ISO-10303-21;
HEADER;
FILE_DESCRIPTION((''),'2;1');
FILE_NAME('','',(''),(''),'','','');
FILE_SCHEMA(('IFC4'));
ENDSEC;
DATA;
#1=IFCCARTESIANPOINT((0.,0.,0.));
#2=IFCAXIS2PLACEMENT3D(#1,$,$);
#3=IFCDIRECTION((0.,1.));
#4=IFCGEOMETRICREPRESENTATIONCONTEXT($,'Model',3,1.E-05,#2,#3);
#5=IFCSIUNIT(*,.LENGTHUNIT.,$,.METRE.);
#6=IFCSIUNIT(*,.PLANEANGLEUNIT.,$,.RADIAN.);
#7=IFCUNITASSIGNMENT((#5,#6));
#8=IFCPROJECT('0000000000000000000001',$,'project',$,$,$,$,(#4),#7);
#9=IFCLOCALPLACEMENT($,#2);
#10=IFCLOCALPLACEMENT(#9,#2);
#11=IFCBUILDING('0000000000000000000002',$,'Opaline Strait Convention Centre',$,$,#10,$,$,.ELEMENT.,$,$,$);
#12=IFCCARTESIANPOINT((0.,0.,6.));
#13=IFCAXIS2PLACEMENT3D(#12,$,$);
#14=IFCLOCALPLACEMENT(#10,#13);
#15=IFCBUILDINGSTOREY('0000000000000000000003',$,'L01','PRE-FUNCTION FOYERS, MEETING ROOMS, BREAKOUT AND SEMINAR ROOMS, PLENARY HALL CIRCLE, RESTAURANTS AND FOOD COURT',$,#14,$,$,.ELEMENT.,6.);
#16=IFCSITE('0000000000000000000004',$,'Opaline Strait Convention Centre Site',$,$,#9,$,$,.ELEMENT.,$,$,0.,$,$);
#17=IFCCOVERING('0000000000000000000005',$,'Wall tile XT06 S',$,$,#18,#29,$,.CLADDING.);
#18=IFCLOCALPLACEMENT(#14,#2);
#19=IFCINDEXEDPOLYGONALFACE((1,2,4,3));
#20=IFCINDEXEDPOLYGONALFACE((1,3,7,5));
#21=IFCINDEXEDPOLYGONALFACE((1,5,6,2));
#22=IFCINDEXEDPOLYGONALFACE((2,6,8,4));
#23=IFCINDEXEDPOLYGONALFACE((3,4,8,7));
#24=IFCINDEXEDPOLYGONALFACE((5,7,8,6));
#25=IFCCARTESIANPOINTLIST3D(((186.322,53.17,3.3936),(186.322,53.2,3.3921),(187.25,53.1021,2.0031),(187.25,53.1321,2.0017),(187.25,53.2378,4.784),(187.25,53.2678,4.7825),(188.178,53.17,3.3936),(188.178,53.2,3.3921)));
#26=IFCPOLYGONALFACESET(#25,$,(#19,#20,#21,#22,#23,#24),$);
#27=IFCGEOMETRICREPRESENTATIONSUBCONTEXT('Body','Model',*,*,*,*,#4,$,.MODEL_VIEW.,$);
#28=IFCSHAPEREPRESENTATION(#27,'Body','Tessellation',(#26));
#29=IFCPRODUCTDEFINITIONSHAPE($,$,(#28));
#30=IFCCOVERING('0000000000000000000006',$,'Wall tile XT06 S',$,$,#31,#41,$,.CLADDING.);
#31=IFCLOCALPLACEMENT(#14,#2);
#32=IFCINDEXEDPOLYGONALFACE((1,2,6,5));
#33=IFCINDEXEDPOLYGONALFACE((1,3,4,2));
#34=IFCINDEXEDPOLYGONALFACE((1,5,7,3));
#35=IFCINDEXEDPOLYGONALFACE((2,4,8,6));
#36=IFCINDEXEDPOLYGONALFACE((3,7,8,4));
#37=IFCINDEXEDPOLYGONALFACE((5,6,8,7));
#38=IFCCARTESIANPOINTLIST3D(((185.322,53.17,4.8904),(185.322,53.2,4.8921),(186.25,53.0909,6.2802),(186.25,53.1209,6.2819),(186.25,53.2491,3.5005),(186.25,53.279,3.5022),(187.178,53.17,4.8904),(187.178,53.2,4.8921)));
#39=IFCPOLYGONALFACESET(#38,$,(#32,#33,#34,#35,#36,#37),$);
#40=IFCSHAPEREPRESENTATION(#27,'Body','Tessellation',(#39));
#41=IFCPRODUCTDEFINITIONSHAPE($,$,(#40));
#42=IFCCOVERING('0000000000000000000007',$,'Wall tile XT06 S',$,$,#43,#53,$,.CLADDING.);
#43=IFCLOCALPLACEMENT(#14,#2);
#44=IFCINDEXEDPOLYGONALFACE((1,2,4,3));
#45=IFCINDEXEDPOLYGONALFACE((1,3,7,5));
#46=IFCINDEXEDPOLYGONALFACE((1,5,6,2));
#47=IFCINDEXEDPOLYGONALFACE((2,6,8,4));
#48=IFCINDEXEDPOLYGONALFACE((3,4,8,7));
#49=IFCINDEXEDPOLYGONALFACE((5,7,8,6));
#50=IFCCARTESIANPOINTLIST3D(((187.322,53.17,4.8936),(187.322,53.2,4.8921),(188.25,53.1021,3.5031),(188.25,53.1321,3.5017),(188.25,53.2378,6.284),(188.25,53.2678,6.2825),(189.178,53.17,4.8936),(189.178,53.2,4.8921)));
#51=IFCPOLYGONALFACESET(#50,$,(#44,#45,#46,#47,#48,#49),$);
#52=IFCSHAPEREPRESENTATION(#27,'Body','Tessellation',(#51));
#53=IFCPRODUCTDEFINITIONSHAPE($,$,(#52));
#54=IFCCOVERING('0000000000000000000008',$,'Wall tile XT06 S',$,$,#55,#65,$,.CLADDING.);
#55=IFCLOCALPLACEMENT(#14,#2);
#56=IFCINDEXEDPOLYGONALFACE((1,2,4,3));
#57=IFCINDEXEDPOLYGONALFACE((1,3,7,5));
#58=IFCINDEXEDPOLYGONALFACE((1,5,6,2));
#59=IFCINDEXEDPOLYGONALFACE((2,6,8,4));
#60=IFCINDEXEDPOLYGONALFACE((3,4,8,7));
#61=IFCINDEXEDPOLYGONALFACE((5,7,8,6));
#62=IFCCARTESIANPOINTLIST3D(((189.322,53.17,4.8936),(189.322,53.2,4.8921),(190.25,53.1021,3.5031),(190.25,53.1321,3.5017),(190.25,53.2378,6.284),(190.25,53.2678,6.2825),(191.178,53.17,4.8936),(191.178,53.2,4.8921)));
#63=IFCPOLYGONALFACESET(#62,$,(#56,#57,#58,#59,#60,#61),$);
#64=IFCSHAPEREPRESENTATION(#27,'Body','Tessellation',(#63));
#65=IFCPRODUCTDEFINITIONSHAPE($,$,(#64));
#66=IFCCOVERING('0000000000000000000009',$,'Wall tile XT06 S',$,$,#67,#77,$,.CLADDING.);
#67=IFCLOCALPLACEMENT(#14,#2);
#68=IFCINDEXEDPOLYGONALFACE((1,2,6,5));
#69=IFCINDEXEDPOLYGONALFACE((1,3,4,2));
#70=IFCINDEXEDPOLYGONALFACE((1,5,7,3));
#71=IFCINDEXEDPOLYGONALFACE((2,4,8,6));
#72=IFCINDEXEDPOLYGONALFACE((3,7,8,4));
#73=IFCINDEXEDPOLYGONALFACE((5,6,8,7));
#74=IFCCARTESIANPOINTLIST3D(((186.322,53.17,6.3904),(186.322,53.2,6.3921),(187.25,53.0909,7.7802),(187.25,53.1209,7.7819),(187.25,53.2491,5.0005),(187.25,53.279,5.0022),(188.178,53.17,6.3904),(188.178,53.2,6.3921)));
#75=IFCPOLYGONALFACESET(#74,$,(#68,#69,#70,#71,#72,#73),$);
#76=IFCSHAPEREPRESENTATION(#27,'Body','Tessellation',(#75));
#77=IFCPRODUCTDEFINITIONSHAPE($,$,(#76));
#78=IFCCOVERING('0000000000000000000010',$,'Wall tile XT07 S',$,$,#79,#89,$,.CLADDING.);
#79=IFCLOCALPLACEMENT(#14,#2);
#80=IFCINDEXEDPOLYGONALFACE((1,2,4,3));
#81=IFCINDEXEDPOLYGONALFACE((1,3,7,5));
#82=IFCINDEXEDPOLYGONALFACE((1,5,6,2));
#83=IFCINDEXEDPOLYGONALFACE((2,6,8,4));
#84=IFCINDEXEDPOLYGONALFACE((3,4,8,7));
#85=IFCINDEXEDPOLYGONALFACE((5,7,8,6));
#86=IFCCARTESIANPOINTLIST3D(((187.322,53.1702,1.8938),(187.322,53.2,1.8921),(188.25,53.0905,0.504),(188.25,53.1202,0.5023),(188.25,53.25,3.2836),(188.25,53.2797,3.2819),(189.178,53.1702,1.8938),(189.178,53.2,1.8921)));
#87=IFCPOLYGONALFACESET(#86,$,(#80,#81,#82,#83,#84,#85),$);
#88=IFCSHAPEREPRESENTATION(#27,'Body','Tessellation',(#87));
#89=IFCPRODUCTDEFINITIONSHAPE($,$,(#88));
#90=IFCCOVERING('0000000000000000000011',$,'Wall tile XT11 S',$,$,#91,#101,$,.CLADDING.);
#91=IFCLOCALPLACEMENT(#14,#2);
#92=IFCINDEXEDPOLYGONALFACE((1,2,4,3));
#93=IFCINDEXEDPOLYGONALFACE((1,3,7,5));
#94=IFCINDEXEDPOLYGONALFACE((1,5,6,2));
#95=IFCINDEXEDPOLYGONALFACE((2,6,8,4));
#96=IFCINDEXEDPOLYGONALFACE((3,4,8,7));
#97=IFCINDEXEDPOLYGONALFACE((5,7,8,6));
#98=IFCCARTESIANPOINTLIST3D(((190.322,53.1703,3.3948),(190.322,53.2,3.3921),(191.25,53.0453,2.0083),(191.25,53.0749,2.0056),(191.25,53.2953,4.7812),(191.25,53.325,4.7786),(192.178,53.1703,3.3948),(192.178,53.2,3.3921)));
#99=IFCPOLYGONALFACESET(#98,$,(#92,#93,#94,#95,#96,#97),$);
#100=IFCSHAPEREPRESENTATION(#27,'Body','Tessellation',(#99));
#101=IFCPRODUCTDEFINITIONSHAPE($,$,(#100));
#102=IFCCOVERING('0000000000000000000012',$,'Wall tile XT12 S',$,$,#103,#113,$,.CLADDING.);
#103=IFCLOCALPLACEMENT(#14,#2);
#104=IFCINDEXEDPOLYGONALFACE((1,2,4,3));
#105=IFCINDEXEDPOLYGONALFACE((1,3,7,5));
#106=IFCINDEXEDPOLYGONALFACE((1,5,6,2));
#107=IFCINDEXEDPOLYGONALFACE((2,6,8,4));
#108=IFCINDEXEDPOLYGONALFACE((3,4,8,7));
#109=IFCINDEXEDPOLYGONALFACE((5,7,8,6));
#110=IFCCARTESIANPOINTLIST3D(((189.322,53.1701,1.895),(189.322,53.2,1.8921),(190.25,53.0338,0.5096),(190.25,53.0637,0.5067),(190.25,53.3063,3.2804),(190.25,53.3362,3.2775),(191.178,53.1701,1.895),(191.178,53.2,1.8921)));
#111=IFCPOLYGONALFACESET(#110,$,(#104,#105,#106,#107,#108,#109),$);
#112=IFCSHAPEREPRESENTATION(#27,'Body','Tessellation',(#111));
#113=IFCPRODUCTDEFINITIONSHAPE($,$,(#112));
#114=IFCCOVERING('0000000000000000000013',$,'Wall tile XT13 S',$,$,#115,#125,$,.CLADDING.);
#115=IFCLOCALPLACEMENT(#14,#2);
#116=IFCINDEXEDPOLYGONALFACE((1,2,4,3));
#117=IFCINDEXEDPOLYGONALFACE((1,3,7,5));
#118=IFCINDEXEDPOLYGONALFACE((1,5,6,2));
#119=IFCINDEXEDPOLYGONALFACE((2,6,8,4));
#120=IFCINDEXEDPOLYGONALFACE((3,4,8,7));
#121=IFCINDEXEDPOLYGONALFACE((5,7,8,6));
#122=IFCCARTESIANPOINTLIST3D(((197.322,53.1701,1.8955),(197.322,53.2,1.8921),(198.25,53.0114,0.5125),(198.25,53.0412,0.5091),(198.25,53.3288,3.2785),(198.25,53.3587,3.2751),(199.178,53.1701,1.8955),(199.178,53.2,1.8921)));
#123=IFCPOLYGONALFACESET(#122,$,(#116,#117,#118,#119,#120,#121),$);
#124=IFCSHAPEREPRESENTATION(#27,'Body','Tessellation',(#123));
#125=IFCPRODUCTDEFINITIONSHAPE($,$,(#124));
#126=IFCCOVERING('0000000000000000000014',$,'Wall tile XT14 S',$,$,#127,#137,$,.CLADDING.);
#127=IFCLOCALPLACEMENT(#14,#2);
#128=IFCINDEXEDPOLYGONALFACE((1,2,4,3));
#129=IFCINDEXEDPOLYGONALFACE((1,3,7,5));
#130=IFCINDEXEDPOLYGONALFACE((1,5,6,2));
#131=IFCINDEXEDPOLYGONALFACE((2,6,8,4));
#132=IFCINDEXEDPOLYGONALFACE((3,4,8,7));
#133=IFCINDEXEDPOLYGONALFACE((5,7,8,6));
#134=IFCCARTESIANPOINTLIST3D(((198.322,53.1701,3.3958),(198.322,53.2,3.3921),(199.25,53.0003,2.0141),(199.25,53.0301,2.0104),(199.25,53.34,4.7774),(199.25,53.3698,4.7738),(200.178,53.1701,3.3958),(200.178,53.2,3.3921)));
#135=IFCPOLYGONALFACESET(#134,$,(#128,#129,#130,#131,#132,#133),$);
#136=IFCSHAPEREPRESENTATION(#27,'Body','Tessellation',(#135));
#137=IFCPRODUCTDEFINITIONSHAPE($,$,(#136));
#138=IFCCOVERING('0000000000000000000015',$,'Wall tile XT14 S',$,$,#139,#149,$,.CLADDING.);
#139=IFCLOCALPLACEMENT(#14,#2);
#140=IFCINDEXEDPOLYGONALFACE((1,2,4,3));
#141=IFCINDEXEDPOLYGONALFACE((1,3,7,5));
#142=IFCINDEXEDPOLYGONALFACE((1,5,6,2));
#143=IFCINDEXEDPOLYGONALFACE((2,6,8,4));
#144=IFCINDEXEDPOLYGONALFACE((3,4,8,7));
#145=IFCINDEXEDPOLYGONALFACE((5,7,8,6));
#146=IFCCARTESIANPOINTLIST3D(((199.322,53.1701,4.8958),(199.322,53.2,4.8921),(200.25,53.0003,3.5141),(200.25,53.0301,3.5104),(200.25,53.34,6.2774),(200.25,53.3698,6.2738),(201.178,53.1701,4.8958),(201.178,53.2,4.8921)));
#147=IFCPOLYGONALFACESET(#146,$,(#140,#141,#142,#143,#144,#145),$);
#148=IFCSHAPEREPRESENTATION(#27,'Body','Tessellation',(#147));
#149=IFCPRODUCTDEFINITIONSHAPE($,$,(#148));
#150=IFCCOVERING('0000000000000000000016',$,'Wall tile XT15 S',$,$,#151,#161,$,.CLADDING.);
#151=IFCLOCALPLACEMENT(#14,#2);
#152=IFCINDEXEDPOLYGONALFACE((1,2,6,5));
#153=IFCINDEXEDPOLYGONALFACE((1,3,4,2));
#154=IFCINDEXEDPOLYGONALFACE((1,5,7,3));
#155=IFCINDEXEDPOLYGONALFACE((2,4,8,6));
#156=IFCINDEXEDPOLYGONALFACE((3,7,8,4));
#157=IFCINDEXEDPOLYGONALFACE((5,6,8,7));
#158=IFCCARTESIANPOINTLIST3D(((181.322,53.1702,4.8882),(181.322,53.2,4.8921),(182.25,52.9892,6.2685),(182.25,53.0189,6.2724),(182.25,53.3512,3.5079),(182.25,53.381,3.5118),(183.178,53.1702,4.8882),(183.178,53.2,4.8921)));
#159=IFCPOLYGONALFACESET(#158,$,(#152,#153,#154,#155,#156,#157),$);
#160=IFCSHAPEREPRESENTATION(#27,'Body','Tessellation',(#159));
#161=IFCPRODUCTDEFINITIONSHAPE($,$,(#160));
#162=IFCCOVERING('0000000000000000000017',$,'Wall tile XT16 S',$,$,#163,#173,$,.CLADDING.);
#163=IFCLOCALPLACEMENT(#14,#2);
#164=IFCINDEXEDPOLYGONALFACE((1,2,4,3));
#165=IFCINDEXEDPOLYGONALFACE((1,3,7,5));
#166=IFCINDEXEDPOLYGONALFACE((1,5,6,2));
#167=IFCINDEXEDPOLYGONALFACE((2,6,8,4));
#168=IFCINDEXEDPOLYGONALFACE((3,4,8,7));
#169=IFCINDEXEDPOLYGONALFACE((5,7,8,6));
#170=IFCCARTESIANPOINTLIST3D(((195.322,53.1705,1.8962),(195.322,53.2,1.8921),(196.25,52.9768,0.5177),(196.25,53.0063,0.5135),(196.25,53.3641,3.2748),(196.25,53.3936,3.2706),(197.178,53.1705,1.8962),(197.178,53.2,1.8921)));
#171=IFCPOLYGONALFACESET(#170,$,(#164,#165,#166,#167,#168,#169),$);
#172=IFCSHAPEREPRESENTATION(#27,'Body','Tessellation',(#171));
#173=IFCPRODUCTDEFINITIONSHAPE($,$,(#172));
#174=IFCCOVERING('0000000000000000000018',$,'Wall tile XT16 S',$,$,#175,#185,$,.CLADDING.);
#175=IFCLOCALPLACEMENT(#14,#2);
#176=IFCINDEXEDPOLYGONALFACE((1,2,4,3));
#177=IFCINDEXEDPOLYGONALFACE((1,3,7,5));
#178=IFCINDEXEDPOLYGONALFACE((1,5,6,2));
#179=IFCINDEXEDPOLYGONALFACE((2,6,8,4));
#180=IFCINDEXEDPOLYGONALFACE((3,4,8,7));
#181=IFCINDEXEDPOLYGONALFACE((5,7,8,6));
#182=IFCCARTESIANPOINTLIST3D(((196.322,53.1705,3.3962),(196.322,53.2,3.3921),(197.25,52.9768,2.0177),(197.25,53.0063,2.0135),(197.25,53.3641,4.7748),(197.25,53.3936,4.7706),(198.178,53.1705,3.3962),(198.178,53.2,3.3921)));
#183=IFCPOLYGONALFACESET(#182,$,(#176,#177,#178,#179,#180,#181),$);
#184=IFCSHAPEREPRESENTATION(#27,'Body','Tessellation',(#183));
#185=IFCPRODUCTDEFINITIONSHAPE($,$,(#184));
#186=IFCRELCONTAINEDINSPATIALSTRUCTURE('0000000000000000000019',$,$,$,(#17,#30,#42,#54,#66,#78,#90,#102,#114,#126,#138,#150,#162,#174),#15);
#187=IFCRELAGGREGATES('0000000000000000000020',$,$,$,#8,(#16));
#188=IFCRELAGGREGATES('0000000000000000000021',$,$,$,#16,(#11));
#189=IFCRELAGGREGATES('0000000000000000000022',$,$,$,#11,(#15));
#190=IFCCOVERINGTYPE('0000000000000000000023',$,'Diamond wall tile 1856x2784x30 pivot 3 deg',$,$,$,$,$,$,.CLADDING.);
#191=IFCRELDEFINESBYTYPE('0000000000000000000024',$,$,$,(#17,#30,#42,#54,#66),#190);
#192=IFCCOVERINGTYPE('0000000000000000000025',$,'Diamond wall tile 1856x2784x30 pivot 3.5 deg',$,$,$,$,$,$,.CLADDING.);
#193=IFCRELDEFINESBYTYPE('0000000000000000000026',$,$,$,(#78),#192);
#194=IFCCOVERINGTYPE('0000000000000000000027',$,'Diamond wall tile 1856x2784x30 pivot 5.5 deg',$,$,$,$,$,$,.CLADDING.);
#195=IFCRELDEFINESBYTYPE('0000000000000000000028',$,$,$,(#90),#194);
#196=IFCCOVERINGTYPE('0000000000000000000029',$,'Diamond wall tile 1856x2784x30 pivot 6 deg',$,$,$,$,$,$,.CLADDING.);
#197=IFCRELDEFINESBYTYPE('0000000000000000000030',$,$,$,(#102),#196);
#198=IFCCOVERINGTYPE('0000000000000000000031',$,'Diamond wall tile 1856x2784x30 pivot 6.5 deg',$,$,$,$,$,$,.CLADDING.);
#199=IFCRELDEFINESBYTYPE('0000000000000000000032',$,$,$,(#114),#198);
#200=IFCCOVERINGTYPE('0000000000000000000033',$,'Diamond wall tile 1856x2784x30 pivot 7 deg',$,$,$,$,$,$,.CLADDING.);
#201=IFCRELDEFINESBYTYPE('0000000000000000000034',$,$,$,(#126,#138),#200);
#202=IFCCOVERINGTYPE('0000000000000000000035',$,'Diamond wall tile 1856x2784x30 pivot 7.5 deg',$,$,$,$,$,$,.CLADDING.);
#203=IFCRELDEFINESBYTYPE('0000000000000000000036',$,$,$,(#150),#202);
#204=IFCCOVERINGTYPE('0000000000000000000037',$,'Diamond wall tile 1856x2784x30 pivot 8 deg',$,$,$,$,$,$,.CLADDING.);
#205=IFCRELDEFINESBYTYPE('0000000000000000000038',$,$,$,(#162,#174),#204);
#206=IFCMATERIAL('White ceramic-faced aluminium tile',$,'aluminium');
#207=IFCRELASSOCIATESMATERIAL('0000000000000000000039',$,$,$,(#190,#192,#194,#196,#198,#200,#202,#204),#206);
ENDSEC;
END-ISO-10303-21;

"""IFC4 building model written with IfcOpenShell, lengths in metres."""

from ifc_helpers import new_model, si_unit, direction, frame, origin, place, context, subcontext, project, spatial, polyline, outline, extrude, material, material_profile, profile_set, type_object, element, save


model = new_model("IFC4")

# Units and contexts
model_context = context("Model", 3, precision=1e-05, world=origin(), true_north=direction((0.0, 1.0)))
body_context = subcontext(model_context, "Body", "Model", "MODEL_VIEW")
ifc_project = project(units=[si_unit("LENGTHUNIT", "METRE"), si_unit("PLANEANGLEUNIT", "RADIAN")], contexts=[model_context])

# Site, building, storey
site_placement = place(None, origin())
site = spatial("IfcSite", under=ifc_project, at=site_placement, Name="Opaline Strait Convention Centre Site", CompositionType="ELEMENT", RefElevation=0.0)
building_placement = place(site_placement, origin())
building = spatial("IfcBuilding", under=site, at=building_placement, Name="Opaline Strait Convention Centre", CompositionType="ELEMENT")
storey_placement = place(building_placement, frame((0.0, 0.0, 6.0)))
storey = spatial("IfcBuildingStorey", under=building, at=storey_placement, Name="L01", Description="PRE-FUNCTION FOYERS, MEETING ROOMS, BREAKOUT AND SEMINAR ROOMS, PLENARY HALL CIRCLE, RESTAURANTS AND FOOD COURT", CompositionType="ELEMENT", Elevation=6.0)

# Coverings
ifc_material_1 = material(Name="White ceramic-faced aluminium tile", Category="aluminium")
ifc_material_profile_1 = material_profile(ifc_material_1, outline(polyline([(0.928, 0.0), (0.0, 1.3921), (-0.928, 0.0), (0.0, -1.3921), (0.928, 0.0)])), Name="Diamond tile 1856x2784")
ifc_profile_set_1 = profile_set([ifc_material_profile_1], Name="White ceramic-faced aluminium tile")
covering_type_1 = type_object("IfcCoveringType", Name="Diamond wall tile 1856x2784x30 pivot 3 deg", PredefinedType="CLADDING", material=ifc_profile_set_1)
for number, where, z_axis, x_axis, name in (
    (1, (187.25, 53.2, 3.3921), (0.0, -0.998812, 0.048723), (1.0, 0.0, 0.0), "Wall tile XT06 S"),
    (2, (186.25, 53.2, 4.8921), (0.0, -0.998385, -0.056819), (1.0, 0.0, 0.0), "Wall tile XT06 S"),
    (3, (188.25, 53.2, 4.8921), (0.0, -0.998812, 0.048723), (1.0, 0.0, 0.0), "Wall tile XT06 S"),
    (4, (190.25, 53.2, 4.8921), (0.0, -0.998812, 0.048723), (1.0, 0.0, 0.0), "Wall tile XT06 S"),
    (5, (187.25, 53.2, 6.3921), (0.0, -0.998385, -0.056819), (1.0, 0.0, 0.0), "Wall tile XT06 S"),
):
    element("IfcCovering", number, at=place(storey_placement, frame(where, z_axis=z_axis, x_axis=x_axis)), inside=storey, type_object=covering_type_1, Name=name, PredefinedType="CLADDING", context=body_context, shape_type="SweptSolid", body=[
        extrude(outline(polyline([(0.928, 0.0), (0.0, 1.3921), (-0.928, 0.0), (0.0, -1.3921), (0.928, 0.0)])), origin(), (0.0, 0.0, 1.0), 0.03),
    ])
ifc_material_profile_2 = material_profile(ifc_material_1, outline(polyline([(0.928, 0.0), (0.0, 1.3921), (-0.928, 0.0), (0.0, -1.3921), (0.928, 0.0)])), Name="Diamond tile 1856x2784")
ifc_profile_set_2 = profile_set([ifc_material_profile_2], Name="White ceramic-faced aluminium tile")
covering_type_2 = type_object("IfcCoveringType", Name="Diamond wall tile 1856x2784x30 pivot 3.5 deg", PredefinedType="CLADDING", material=ifc_profile_set_2)
covering_1_placement = place(storey_placement, frame((188.25, 53.2, 1.8921), z_axis=(0.0, -0.998358, 0.057283), x_axis=(1.0, 0.0, 0.0)))
element("IfcCovering", 6, at=covering_1_placement, inside=storey, type_object=covering_type_2, Name="Wall tile XT07 S", PredefinedType="CLADDING", context=body_context, shape_type="SweptSolid", body=[
    extrude(outline(polyline([(0.928, 0.0), (0.0, 1.3921), (-0.928, 0.0), (0.0, -1.3921), (0.928, 0.0)])), origin(), (0.0, 0.0, 1.0), 0.0298),
])
ifc_material_profile_3 = material_profile(ifc_material_1, outline(polyline([(0.928, 0.0), (0.0, 1.3921), (-0.928, 0.0), (0.0, -1.3921), (0.928, 0.0)])), Name="Diamond tile 1856x2784")
ifc_profile_set_3 = profile_set([ifc_material_profile_3], Name="White ceramic-faced aluminium tile")
covering_type_3 = type_object("IfcCoveringType", Name="Diamond wall tile 1856x2784x30 pivot 5.5 deg", PredefinedType="CLADDING", material=ifc_profile_set_3)
covering_2_placement = place(storey_placement, frame((191.25, 53.2, 3.3921), z_axis=(0.0, -0.99596, 0.0898), x_axis=(1.0, 0.0, 0.0)))
element("IfcCovering", 7, at=covering_2_placement, inside=storey, type_object=covering_type_3, Name="Wall tile XT11 S", PredefinedType="CLADDING", context=body_context, shape_type="SweptSolid", body=[
    extrude(outline(polyline([(0.928, 0.0), (0.0, 1.3921), (-0.928, 0.0), (0.0, -1.3921), (0.928, 0.0)])), origin(), (0.0, 0.0, 1.0), 0.0298),
])
ifc_material_profile_4 = material_profile(ifc_material_1, outline(polyline([(0.928, 0.0), (0.0, 1.3921), (-0.928, 0.0), (0.0, -1.3921), (0.928, 0.0)])), Name="Diamond tile 1856x2784")
ifc_profile_set_4 = profile_set([ifc_material_profile_4], Name="White ceramic-faced aluminium tile")
covering_type_4 = type_object("IfcCoveringType", Name="Diamond wall tile 1856x2784x30 pivot 6 deg", PredefinedType="CLADDING", material=ifc_profile_set_4)
covering_3_placement = place(storey_placement, frame((190.25, 53.2, 1.8921), z_axis=(0.0, -0.995197, 0.097888), x_axis=(1.0, 0.0, 0.0)))
element("IfcCovering", 8, at=covering_3_placement, inside=storey, type_object=covering_type_4, Name="Wall tile XT12 S", PredefinedType="CLADDING", context=body_context, shape_type="SweptSolid", body=[
    extrude(outline(polyline([(0.928, 0.0), (0.0, 1.3921), (-0.928, 0.0), (0.0, -1.3921), (0.928, 0.0)])), origin(), (0.0, 0.0, 1.0), 0.03),
])
ifc_material_profile_5 = material_profile(ifc_material_1, outline(polyline([(0.928, 0.0), (0.0, 1.3921), (-0.928, 0.0), (0.0, -1.3921), (0.928, 0.0)])), Name="Diamond tile 1856x2784")
ifc_profile_set_5 = profile_set([ifc_material_profile_5], Name="White ceramic-faced aluminium tile")
covering_type_5 = type_object("IfcCoveringType", Name="Diamond wall tile 1856x2784x30 pivot 6.5 deg", PredefinedType="CLADDING", material=ifc_profile_set_5)
covering_4_placement = place(storey_placement, frame((198.25, 53.2, 1.8921), z_axis=(0.0, -0.99348, 0.114006), x_axis=(1.0, 0.0, 0.0)))
element("IfcCovering", 9, at=covering_4_placement, inside=storey, type_object=covering_type_5, Name="Wall tile XT13 S", PredefinedType="CLADDING", context=body_context, shape_type="SweptSolid", body=[
    extrude(outline(polyline([(0.928, 0.0), (0.0, 1.3921), (-0.928, 0.0), (0.0, -1.3921), (0.928, 0.0)])), origin(), (0.0, 0.0, 1.0), 0.03),
])
ifc_material_profile_6 = material_profile(ifc_material_1, outline(polyline([(0.928, 0.0), (0.0, 1.3921), (-0.928, 0.0), (0.0, -1.3921), (0.928, 0.0)])), Name="Diamond tile 1856x2784")
ifc_profile_set_6 = profile_set([ifc_material_profile_6], Name="White ceramic-faced aluminium tile")
covering_type_6 = type_object("IfcCoveringType", Name="Diamond wall tile 1856x2784x30 pivot 7 deg", PredefinedType="CLADDING", material=ifc_profile_set_6)
for number, where, z_axis, x_axis, name in (
    (10, (199.25, 53.2, 3.3921), (0.0, -0.992526, 0.122032), (1.0, 0.0, 0.0), "Wall tile XT14 S"),
    (11, (200.25, 53.2, 4.8921), (0.0, -0.992526, 0.122032), (1.0, 0.0, 0.0), "Wall tile XT14 S"),
):
    element("IfcCovering", number, at=place(storey_placement, frame(where, z_axis=z_axis, x_axis=x_axis)), inside=storey, type_object=covering_type_6, Name=name, PredefinedType="CLADDING", context=body_context, shape_type="SweptSolid", body=[
        extrude(outline(polyline([(0.928, 0.0), (0.0, 1.3921), (-0.928, 0.0), (0.0, -1.3921), (0.928, 0.0)])), origin(), (0.0, 0.0, 1.0), 0.03),
    ])
ifc_material_profile_7 = material_profile(ifc_material_1, outline(polyline([(0.928, 0.0), (0.0, 1.3921), (-0.928, 0.0), (0.0, -1.3921), (0.928, 0.0)])), Name="Diamond tile 1856x2784")
ifc_profile_set_7 = profile_set([ifc_material_profile_7], Name="White ceramic-faced aluminium tile")
covering_type_7 = type_object("IfcCoveringType", Name="Diamond wall tile 1856x2784x30 pivot 7.5 deg", PredefinedType="CLADDING", material=ifc_profile_set_7)
covering_5_placement = place(storey_placement, frame((182.25, 53.2, 4.8921), z_axis=(0.0, -0.99151, -0.130034), x_axis=(1.0, 0.0, 0.0)))
element("IfcCovering", 12, at=covering_5_placement, inside=storey, type_object=covering_type_7, Name="Wall tile XT15 S", PredefinedType="CLADDING", context=body_context, shape_type="SweptSolid", body=[
    extrude(outline(polyline([(0.928, 0.0), (0.0, 1.3921), (-0.928, 0.0), (0.0, -1.3921), (0.928, 0.0)])), origin(), (0.0, 0.0, 1.0), 0.03),
])
ifc_material_profile_8 = material_profile(ifc_material_1, outline(polyline([(0.928, 0.0), (0.0, 1.3921), (-0.928, 0.0), (0.0, -1.3921), (0.928, 0.0)])), Name="Diamond tile 1856x2784")
ifc_profile_set_8 = profile_set([ifc_material_profile_8], Name="White ceramic-faced aluminium tile")
covering_type_8 = type_object("IfcCoveringType", Name="Diamond wall tile 1856x2784x30 pivot 8 deg", PredefinedType="CLADDING", material=ifc_profile_set_8)
for number, where, z_axis, x_axis, name in (
    (13, (196.25, 53.2, 1.8921), (0.0, -0.990274, 0.139129), (1.0, 0.0, 0.0), "Wall tile XT16 S"),
    (14, (197.25, 53.2, 3.3921), (0.0, -0.990274, 0.139129), (1.0, 0.0, 0.0), "Wall tile XT16 S"),
):
    element("IfcCovering", number, at=place(storey_placement, frame(where, z_axis=z_axis, x_axis=x_axis)), inside=storey, type_object=covering_type_8, Name=name, PredefinedType="CLADDING", context=body_context, shape_type="SweptSolid", body=[
        extrude(outline(polyline([(0.928, 0.0), (0.0, 1.3921), (-0.928, 0.0), (0.0, -1.3921), (0.928, 0.0)])), origin(), (0.0, 0.0, 1.0), 0.0298),
    ])

save(model, "model.ifc")
